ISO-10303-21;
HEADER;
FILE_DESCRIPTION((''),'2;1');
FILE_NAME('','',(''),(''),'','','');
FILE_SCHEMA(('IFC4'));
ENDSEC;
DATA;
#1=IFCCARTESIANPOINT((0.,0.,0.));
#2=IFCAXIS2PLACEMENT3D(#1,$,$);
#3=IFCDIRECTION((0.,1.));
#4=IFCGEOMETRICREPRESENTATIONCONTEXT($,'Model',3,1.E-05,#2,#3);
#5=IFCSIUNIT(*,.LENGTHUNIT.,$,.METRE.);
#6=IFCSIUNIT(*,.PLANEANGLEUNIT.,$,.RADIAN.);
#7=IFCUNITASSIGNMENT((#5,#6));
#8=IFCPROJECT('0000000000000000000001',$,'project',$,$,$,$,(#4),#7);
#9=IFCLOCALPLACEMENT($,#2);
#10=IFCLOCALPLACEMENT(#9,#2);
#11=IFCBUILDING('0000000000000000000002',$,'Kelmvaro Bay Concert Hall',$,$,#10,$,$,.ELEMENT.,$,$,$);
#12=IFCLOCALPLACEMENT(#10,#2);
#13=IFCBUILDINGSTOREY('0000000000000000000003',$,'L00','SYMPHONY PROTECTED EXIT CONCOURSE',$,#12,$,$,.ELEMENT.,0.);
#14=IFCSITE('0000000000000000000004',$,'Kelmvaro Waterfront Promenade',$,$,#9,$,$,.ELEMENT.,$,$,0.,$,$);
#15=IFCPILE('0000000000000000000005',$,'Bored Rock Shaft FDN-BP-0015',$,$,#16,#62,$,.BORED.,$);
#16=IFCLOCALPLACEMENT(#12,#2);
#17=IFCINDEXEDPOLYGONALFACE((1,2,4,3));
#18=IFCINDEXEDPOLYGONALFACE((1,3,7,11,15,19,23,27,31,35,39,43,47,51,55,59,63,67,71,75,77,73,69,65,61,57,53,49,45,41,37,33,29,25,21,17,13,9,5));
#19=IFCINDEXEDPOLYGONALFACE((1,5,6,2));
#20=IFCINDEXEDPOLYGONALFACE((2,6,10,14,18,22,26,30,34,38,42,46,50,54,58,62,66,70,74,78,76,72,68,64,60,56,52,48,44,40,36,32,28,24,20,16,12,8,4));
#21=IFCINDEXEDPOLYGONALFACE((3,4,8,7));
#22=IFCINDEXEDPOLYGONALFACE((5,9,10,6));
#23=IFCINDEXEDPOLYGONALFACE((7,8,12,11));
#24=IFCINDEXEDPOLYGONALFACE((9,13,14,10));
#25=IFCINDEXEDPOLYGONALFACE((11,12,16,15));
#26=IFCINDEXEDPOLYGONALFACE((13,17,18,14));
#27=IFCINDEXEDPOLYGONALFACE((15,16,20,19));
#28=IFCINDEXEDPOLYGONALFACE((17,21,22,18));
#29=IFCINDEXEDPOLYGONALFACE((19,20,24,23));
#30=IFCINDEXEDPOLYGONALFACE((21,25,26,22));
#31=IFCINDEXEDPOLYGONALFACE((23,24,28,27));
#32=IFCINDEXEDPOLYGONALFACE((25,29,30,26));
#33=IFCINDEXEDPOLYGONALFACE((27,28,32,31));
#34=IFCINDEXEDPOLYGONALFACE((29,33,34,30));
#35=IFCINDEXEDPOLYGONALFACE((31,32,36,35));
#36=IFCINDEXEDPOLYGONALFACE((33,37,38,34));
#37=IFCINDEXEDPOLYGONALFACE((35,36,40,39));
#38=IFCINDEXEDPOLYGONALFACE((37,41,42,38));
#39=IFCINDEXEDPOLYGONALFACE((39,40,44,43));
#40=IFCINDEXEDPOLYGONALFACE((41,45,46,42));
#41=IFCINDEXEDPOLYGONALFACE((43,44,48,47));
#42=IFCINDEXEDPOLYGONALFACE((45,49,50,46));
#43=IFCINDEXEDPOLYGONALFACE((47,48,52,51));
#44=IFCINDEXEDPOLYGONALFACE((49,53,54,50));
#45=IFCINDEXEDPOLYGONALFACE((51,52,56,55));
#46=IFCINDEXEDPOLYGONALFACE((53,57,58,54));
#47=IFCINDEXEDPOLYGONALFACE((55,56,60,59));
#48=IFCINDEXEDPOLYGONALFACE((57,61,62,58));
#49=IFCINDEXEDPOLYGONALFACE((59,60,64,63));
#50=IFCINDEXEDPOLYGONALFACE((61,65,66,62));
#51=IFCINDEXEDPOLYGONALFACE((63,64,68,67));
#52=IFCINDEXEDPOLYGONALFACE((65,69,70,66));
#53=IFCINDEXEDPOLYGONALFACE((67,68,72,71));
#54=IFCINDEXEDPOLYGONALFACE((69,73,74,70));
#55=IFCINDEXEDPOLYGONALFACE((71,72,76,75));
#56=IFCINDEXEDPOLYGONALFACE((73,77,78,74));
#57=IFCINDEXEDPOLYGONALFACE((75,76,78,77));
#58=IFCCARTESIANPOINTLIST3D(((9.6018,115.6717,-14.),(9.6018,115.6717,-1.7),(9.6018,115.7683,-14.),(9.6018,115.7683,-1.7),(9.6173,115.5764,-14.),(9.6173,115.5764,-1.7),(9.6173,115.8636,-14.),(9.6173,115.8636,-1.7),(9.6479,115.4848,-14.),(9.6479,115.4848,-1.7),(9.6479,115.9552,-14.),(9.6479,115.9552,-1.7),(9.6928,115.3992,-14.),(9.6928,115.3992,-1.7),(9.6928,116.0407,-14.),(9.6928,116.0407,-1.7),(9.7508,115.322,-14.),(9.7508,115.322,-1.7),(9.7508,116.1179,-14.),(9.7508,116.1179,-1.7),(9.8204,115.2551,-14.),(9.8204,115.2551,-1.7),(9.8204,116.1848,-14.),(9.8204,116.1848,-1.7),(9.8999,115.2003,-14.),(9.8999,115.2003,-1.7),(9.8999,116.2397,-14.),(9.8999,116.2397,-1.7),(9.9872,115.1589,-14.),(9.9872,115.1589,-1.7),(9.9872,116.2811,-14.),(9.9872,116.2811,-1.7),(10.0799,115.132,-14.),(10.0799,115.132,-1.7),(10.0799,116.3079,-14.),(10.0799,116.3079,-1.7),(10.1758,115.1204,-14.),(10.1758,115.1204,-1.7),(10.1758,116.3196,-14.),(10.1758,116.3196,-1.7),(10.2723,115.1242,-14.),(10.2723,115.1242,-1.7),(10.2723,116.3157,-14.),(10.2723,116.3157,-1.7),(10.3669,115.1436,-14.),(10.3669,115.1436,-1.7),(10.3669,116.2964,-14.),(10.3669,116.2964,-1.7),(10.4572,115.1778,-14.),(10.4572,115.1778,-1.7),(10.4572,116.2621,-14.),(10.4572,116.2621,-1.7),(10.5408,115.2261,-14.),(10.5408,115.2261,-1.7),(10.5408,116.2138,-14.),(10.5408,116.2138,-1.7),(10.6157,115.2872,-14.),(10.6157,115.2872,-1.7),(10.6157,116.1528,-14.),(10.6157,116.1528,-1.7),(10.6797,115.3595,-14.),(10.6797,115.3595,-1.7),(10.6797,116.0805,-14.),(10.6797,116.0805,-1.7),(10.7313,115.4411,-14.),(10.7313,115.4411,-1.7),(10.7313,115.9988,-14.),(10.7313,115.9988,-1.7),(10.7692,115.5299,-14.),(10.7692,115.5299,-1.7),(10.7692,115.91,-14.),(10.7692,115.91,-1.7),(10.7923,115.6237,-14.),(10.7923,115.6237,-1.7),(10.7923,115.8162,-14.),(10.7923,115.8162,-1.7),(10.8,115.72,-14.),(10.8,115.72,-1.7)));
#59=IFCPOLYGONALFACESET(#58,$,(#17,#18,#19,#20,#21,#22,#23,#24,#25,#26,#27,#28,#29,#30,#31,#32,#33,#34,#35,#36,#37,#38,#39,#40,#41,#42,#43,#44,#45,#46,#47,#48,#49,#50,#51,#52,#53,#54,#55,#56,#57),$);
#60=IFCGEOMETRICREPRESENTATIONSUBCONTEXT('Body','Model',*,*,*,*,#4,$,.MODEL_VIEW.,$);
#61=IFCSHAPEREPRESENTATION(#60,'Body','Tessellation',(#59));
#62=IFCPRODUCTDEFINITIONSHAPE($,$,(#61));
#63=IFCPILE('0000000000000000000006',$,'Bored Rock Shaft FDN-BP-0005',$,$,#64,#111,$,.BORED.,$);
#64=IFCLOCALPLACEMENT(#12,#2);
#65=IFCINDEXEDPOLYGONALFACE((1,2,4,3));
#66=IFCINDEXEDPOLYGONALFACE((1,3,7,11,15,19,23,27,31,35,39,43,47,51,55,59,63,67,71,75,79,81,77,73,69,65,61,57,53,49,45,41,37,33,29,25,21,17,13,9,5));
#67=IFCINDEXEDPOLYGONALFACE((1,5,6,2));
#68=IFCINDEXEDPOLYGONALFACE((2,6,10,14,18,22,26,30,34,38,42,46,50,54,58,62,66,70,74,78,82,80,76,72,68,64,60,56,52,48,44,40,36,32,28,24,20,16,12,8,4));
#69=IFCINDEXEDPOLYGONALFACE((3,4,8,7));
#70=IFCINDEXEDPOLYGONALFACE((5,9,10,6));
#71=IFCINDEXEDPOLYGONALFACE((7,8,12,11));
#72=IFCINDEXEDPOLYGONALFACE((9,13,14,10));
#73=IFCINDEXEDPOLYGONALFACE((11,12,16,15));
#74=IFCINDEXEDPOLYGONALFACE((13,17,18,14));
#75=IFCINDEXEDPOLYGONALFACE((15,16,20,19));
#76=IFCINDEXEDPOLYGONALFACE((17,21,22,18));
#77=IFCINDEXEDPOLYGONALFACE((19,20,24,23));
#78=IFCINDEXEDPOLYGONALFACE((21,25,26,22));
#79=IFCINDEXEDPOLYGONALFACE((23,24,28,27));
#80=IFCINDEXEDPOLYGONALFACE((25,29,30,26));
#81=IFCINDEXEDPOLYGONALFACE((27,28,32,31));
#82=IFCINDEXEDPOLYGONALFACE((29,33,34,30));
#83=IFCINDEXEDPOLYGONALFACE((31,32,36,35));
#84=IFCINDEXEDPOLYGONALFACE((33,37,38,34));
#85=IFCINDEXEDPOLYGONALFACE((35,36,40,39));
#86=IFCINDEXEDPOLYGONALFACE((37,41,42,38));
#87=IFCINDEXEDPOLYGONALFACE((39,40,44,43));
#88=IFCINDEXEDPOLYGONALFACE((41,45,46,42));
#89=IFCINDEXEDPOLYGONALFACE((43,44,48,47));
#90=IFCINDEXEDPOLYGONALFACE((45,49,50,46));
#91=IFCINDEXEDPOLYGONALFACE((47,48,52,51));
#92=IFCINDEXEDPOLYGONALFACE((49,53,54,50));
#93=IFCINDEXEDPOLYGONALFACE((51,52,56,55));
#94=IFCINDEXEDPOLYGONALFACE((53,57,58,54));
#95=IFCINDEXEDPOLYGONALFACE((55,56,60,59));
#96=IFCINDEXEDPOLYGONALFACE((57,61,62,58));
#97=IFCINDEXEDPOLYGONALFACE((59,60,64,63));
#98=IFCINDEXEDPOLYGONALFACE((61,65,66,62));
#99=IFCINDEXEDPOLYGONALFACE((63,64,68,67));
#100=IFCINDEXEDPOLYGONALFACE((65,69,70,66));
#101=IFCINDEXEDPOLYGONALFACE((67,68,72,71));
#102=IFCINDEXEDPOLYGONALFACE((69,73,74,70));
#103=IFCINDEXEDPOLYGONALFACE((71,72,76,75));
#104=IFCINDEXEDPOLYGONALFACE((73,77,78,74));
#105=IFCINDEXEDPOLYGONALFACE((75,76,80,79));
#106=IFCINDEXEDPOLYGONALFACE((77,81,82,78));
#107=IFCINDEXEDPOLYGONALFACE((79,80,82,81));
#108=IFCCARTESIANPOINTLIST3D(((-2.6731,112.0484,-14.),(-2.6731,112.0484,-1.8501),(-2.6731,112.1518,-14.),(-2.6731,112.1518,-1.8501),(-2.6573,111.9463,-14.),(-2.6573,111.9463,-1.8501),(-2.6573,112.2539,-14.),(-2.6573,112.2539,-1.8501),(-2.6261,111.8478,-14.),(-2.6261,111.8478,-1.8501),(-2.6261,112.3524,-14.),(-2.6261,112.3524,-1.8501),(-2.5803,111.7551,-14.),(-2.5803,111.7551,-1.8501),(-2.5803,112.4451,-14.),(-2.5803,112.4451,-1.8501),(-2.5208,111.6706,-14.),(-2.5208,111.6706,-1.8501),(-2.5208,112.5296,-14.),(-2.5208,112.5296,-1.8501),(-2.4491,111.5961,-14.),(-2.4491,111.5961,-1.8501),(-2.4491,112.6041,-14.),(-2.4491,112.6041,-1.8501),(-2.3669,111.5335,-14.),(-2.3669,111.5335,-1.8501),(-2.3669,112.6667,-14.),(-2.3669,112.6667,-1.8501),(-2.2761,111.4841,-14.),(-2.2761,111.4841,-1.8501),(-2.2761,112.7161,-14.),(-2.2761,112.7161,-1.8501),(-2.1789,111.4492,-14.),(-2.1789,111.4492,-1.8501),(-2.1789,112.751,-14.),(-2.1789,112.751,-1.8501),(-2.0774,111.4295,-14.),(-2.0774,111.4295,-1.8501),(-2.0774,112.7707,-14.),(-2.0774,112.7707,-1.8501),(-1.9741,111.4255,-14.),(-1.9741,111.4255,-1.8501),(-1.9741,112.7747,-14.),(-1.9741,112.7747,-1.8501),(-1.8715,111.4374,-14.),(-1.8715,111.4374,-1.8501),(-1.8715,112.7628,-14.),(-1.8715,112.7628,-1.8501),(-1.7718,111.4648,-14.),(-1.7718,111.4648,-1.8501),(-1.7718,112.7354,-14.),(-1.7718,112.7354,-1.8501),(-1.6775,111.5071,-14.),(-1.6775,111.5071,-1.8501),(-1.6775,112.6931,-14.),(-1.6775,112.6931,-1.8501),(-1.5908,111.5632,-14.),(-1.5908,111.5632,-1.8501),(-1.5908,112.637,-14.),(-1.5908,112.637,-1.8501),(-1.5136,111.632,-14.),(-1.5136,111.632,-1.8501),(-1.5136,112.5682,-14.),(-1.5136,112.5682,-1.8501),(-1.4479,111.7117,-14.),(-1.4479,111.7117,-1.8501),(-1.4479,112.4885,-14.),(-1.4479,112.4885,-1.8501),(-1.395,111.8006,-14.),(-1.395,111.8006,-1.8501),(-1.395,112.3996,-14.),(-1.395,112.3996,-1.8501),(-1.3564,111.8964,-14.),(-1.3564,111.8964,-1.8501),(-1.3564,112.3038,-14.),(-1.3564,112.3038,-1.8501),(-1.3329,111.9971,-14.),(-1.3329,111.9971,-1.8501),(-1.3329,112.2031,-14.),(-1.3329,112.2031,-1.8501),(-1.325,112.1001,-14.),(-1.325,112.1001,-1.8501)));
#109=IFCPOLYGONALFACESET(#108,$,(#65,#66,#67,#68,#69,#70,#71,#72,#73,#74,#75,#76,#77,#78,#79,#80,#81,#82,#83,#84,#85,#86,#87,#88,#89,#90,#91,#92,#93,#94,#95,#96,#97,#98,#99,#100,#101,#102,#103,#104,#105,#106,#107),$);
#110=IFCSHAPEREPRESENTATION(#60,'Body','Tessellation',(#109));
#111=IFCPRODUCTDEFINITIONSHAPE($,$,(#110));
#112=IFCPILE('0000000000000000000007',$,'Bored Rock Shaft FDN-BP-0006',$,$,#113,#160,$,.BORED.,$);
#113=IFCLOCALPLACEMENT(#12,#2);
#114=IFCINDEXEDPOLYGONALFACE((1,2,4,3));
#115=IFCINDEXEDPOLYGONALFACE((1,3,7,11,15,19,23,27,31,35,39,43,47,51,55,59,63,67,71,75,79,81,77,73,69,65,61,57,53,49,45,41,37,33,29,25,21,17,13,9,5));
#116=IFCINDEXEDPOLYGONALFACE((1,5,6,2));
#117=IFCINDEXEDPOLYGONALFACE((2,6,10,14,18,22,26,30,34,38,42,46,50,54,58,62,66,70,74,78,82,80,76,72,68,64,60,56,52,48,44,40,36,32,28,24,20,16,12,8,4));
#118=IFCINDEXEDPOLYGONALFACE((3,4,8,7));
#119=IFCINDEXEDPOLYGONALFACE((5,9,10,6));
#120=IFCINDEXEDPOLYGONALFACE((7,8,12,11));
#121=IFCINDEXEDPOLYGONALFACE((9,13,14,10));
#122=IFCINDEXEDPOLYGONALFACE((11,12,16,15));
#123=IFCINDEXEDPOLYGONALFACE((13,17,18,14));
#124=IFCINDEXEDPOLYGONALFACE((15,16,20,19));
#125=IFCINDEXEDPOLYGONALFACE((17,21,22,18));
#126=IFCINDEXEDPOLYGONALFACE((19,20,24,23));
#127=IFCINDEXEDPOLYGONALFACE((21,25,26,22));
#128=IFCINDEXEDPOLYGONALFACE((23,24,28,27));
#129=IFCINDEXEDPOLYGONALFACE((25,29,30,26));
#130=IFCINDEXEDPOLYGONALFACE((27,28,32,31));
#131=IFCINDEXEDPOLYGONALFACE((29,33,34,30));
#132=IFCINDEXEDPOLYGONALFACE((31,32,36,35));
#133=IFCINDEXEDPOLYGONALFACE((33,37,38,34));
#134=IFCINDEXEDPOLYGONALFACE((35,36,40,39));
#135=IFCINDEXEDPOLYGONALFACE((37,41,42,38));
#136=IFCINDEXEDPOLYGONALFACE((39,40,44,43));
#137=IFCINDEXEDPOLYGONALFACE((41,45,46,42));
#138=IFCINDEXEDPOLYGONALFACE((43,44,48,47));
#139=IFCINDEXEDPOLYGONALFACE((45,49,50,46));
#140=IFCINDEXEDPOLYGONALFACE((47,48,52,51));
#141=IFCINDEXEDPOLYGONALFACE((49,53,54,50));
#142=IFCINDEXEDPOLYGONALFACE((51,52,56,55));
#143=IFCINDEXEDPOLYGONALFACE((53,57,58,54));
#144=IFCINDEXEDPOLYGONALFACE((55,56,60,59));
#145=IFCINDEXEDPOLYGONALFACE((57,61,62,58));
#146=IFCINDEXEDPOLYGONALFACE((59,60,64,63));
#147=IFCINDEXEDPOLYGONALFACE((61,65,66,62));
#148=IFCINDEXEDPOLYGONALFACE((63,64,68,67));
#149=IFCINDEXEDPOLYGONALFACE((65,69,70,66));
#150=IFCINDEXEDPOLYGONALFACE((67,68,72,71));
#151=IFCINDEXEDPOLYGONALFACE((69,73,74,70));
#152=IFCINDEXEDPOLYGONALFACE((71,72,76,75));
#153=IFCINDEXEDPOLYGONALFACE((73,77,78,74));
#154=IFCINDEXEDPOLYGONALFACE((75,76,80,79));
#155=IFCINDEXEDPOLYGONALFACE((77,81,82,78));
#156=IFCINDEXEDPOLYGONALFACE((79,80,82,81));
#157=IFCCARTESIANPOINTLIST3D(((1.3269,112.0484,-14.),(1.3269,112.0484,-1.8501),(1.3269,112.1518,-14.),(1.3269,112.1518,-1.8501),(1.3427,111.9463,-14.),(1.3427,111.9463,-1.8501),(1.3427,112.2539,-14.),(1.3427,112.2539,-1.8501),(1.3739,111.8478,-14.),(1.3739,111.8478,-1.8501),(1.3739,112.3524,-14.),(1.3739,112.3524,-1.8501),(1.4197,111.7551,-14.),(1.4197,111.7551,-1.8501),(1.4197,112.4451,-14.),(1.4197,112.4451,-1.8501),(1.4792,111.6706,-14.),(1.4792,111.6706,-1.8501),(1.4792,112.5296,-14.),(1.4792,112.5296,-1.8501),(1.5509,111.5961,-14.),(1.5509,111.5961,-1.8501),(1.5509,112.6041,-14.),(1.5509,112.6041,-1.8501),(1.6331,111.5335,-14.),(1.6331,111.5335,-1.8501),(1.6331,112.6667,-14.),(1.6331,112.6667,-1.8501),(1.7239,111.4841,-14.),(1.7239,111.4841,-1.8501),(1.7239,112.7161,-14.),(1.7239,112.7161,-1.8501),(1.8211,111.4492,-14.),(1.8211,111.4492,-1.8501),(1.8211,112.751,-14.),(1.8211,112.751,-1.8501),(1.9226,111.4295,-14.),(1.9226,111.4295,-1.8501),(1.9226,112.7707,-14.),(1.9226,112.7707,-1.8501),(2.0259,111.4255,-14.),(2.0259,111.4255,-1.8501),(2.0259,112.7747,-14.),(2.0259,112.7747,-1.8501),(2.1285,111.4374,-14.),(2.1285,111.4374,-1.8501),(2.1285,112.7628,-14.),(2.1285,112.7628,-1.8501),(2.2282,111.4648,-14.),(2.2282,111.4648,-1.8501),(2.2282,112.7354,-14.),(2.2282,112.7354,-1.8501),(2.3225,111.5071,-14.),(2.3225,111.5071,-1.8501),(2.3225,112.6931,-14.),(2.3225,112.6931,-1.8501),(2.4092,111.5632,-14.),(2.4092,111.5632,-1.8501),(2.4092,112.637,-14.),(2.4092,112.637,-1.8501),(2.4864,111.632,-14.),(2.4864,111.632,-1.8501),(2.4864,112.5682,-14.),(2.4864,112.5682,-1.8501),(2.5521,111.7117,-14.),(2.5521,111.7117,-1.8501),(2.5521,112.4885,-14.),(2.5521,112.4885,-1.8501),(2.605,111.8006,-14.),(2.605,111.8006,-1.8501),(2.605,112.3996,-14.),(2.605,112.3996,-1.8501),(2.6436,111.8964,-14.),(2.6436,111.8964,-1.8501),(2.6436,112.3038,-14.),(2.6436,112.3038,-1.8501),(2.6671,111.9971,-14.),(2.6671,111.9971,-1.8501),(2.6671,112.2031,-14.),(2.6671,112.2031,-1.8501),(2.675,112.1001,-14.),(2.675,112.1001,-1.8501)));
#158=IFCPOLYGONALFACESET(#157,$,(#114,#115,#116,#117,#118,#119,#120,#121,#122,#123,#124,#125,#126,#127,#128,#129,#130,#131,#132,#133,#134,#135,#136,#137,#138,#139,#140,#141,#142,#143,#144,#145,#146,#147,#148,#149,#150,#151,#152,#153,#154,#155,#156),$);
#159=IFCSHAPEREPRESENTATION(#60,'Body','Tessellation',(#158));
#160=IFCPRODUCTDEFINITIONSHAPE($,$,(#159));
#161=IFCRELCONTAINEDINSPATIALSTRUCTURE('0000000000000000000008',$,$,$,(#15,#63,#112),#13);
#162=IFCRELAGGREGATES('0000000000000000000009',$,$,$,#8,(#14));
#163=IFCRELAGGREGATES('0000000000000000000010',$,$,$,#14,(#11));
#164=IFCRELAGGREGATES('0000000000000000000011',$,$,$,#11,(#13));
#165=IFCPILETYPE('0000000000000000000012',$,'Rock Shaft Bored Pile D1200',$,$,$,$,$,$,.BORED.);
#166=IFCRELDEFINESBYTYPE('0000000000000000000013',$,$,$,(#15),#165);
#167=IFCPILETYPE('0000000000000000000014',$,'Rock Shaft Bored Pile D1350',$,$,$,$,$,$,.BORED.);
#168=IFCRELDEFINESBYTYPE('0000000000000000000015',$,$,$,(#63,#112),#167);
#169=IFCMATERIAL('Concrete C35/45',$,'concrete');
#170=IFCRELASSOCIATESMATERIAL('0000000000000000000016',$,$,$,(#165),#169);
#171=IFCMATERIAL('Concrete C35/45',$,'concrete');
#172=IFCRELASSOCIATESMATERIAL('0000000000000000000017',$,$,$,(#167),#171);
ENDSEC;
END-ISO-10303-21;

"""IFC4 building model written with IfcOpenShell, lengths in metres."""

from ifc_helpers import new_model, si_unit, direction, frame, origin, origin_2d, place, context, subcontext, project, spatial, circle, extrude, material, material_profile, profile_set, type_object, element, save


model = new_model("IFC4")

# Units and contexts
model_context = context("Model", 3, precision=1e-05, world=origin(), true_north=direction((0.0, 1.0)))
body_context = subcontext(model_context, "Body", "Model", "MODEL_VIEW")
ifc_project = project(units=[si_unit("LENGTHUNIT", "METRE"), si_unit("PLANEANGLEUNIT", "RADIAN")], contexts=[model_context])

# Site, building, storey
site_placement = place(None, origin())
site = spatial("IfcSite", under=ifc_project, at=site_placement, Name="Kelmvaro Waterfront Promenade", CompositionType="ELEMENT", RefElevation=0.0)
building_placement = place(site_placement, origin())
building = spatial("IfcBuilding", under=site, at=building_placement, Name="Kelmvaro Bay Concert Hall", CompositionType="ELEMENT")
storey_placement = place(building_placement, origin())
storey = spatial("IfcBuildingStorey", under=building, at=storey_placement, Name="L00", Description="SYMPHONY PROTECTED EXIT CONCOURSE", CompositionType="ELEMENT", Elevation=0.0)

# Piles
ifc_material_1 = material(Name="Concrete C35/45", Category="concrete")
ifc_material_profile_1 = material_profile(ifc_material_1, circle(Radius=0.6001, at=origin_2d()), Name="PILE-BORED-1200")
ifc_profile_set_1 = profile_set([ifc_material_profile_1], Name="Concrete C35/45")
pile_type_1 = type_object("IfcPileType", Name="Rock Shaft Bored Pile D1200", PredefinedType="BORED", material=ifc_profile_set_1)
for number, where, z_axis, x_axis, name in (
    (1, (10.2, 115.72, -1.7), (0.0, 0.0, -1.0), (1.0, 0.0, 0.0), "Bored Rock Shaft FDN-BP-0015"),
):
    element("IfcPile", number, at=place(storey_placement, frame(where, z_axis=z_axis, x_axis=x_axis)), inside=storey, type_object=pile_type_1, Name=name, PredefinedType="BORED", context=body_context, shape_type="SweptSolid", body=[
        extrude(circle(Radius=0.6001, at=origin_2d()), origin(), (0.0, 0.0, 1.0), 12.3),
    ])
ifc_material_2 = material(Name="Concrete C35/45", Category="concrete")
ifc_material_profile_2 = material_profile(ifc_material_2, circle(Radius=0.675, at=origin_2d()), Name="PILE-BORED-1350")
ifc_profile_set_2 = profile_set([ifc_material_profile_2], Name="Concrete C35/45")
pile_type_2 = type_object("IfcPileType", Name="Rock Shaft Bored Pile D1350", PredefinedType="BORED", material=ifc_profile_set_2)
for number, where, z_axis, x_axis, name in (
    (2, (-2.0, 112.1001, -1.8501), (0.0, 0.0, -1.0), (1.0, 0.0, 0.0), "Bored Rock Shaft FDN-BP-0005"),
    (3, (2.0, 112.1001, -1.8501), (0.0, 0.0, -1.0), (1.0, 0.0, 0.0), "Bored Rock Shaft FDN-BP-0006"),
):
    element("IfcPile", number, at=place(storey_placement, frame(where, z_axis=z_axis, x_axis=x_axis)), inside=storey, type_object=pile_type_2, Name=name, PredefinedType="BORED", context=body_context, shape_type="SweptSolid", body=[
        extrude(circle(Radius=0.675, at=origin_2d()), origin(), (0.0, 0.0, 1.0), 12.1499),
    ])

save(model, "model.ifc")
